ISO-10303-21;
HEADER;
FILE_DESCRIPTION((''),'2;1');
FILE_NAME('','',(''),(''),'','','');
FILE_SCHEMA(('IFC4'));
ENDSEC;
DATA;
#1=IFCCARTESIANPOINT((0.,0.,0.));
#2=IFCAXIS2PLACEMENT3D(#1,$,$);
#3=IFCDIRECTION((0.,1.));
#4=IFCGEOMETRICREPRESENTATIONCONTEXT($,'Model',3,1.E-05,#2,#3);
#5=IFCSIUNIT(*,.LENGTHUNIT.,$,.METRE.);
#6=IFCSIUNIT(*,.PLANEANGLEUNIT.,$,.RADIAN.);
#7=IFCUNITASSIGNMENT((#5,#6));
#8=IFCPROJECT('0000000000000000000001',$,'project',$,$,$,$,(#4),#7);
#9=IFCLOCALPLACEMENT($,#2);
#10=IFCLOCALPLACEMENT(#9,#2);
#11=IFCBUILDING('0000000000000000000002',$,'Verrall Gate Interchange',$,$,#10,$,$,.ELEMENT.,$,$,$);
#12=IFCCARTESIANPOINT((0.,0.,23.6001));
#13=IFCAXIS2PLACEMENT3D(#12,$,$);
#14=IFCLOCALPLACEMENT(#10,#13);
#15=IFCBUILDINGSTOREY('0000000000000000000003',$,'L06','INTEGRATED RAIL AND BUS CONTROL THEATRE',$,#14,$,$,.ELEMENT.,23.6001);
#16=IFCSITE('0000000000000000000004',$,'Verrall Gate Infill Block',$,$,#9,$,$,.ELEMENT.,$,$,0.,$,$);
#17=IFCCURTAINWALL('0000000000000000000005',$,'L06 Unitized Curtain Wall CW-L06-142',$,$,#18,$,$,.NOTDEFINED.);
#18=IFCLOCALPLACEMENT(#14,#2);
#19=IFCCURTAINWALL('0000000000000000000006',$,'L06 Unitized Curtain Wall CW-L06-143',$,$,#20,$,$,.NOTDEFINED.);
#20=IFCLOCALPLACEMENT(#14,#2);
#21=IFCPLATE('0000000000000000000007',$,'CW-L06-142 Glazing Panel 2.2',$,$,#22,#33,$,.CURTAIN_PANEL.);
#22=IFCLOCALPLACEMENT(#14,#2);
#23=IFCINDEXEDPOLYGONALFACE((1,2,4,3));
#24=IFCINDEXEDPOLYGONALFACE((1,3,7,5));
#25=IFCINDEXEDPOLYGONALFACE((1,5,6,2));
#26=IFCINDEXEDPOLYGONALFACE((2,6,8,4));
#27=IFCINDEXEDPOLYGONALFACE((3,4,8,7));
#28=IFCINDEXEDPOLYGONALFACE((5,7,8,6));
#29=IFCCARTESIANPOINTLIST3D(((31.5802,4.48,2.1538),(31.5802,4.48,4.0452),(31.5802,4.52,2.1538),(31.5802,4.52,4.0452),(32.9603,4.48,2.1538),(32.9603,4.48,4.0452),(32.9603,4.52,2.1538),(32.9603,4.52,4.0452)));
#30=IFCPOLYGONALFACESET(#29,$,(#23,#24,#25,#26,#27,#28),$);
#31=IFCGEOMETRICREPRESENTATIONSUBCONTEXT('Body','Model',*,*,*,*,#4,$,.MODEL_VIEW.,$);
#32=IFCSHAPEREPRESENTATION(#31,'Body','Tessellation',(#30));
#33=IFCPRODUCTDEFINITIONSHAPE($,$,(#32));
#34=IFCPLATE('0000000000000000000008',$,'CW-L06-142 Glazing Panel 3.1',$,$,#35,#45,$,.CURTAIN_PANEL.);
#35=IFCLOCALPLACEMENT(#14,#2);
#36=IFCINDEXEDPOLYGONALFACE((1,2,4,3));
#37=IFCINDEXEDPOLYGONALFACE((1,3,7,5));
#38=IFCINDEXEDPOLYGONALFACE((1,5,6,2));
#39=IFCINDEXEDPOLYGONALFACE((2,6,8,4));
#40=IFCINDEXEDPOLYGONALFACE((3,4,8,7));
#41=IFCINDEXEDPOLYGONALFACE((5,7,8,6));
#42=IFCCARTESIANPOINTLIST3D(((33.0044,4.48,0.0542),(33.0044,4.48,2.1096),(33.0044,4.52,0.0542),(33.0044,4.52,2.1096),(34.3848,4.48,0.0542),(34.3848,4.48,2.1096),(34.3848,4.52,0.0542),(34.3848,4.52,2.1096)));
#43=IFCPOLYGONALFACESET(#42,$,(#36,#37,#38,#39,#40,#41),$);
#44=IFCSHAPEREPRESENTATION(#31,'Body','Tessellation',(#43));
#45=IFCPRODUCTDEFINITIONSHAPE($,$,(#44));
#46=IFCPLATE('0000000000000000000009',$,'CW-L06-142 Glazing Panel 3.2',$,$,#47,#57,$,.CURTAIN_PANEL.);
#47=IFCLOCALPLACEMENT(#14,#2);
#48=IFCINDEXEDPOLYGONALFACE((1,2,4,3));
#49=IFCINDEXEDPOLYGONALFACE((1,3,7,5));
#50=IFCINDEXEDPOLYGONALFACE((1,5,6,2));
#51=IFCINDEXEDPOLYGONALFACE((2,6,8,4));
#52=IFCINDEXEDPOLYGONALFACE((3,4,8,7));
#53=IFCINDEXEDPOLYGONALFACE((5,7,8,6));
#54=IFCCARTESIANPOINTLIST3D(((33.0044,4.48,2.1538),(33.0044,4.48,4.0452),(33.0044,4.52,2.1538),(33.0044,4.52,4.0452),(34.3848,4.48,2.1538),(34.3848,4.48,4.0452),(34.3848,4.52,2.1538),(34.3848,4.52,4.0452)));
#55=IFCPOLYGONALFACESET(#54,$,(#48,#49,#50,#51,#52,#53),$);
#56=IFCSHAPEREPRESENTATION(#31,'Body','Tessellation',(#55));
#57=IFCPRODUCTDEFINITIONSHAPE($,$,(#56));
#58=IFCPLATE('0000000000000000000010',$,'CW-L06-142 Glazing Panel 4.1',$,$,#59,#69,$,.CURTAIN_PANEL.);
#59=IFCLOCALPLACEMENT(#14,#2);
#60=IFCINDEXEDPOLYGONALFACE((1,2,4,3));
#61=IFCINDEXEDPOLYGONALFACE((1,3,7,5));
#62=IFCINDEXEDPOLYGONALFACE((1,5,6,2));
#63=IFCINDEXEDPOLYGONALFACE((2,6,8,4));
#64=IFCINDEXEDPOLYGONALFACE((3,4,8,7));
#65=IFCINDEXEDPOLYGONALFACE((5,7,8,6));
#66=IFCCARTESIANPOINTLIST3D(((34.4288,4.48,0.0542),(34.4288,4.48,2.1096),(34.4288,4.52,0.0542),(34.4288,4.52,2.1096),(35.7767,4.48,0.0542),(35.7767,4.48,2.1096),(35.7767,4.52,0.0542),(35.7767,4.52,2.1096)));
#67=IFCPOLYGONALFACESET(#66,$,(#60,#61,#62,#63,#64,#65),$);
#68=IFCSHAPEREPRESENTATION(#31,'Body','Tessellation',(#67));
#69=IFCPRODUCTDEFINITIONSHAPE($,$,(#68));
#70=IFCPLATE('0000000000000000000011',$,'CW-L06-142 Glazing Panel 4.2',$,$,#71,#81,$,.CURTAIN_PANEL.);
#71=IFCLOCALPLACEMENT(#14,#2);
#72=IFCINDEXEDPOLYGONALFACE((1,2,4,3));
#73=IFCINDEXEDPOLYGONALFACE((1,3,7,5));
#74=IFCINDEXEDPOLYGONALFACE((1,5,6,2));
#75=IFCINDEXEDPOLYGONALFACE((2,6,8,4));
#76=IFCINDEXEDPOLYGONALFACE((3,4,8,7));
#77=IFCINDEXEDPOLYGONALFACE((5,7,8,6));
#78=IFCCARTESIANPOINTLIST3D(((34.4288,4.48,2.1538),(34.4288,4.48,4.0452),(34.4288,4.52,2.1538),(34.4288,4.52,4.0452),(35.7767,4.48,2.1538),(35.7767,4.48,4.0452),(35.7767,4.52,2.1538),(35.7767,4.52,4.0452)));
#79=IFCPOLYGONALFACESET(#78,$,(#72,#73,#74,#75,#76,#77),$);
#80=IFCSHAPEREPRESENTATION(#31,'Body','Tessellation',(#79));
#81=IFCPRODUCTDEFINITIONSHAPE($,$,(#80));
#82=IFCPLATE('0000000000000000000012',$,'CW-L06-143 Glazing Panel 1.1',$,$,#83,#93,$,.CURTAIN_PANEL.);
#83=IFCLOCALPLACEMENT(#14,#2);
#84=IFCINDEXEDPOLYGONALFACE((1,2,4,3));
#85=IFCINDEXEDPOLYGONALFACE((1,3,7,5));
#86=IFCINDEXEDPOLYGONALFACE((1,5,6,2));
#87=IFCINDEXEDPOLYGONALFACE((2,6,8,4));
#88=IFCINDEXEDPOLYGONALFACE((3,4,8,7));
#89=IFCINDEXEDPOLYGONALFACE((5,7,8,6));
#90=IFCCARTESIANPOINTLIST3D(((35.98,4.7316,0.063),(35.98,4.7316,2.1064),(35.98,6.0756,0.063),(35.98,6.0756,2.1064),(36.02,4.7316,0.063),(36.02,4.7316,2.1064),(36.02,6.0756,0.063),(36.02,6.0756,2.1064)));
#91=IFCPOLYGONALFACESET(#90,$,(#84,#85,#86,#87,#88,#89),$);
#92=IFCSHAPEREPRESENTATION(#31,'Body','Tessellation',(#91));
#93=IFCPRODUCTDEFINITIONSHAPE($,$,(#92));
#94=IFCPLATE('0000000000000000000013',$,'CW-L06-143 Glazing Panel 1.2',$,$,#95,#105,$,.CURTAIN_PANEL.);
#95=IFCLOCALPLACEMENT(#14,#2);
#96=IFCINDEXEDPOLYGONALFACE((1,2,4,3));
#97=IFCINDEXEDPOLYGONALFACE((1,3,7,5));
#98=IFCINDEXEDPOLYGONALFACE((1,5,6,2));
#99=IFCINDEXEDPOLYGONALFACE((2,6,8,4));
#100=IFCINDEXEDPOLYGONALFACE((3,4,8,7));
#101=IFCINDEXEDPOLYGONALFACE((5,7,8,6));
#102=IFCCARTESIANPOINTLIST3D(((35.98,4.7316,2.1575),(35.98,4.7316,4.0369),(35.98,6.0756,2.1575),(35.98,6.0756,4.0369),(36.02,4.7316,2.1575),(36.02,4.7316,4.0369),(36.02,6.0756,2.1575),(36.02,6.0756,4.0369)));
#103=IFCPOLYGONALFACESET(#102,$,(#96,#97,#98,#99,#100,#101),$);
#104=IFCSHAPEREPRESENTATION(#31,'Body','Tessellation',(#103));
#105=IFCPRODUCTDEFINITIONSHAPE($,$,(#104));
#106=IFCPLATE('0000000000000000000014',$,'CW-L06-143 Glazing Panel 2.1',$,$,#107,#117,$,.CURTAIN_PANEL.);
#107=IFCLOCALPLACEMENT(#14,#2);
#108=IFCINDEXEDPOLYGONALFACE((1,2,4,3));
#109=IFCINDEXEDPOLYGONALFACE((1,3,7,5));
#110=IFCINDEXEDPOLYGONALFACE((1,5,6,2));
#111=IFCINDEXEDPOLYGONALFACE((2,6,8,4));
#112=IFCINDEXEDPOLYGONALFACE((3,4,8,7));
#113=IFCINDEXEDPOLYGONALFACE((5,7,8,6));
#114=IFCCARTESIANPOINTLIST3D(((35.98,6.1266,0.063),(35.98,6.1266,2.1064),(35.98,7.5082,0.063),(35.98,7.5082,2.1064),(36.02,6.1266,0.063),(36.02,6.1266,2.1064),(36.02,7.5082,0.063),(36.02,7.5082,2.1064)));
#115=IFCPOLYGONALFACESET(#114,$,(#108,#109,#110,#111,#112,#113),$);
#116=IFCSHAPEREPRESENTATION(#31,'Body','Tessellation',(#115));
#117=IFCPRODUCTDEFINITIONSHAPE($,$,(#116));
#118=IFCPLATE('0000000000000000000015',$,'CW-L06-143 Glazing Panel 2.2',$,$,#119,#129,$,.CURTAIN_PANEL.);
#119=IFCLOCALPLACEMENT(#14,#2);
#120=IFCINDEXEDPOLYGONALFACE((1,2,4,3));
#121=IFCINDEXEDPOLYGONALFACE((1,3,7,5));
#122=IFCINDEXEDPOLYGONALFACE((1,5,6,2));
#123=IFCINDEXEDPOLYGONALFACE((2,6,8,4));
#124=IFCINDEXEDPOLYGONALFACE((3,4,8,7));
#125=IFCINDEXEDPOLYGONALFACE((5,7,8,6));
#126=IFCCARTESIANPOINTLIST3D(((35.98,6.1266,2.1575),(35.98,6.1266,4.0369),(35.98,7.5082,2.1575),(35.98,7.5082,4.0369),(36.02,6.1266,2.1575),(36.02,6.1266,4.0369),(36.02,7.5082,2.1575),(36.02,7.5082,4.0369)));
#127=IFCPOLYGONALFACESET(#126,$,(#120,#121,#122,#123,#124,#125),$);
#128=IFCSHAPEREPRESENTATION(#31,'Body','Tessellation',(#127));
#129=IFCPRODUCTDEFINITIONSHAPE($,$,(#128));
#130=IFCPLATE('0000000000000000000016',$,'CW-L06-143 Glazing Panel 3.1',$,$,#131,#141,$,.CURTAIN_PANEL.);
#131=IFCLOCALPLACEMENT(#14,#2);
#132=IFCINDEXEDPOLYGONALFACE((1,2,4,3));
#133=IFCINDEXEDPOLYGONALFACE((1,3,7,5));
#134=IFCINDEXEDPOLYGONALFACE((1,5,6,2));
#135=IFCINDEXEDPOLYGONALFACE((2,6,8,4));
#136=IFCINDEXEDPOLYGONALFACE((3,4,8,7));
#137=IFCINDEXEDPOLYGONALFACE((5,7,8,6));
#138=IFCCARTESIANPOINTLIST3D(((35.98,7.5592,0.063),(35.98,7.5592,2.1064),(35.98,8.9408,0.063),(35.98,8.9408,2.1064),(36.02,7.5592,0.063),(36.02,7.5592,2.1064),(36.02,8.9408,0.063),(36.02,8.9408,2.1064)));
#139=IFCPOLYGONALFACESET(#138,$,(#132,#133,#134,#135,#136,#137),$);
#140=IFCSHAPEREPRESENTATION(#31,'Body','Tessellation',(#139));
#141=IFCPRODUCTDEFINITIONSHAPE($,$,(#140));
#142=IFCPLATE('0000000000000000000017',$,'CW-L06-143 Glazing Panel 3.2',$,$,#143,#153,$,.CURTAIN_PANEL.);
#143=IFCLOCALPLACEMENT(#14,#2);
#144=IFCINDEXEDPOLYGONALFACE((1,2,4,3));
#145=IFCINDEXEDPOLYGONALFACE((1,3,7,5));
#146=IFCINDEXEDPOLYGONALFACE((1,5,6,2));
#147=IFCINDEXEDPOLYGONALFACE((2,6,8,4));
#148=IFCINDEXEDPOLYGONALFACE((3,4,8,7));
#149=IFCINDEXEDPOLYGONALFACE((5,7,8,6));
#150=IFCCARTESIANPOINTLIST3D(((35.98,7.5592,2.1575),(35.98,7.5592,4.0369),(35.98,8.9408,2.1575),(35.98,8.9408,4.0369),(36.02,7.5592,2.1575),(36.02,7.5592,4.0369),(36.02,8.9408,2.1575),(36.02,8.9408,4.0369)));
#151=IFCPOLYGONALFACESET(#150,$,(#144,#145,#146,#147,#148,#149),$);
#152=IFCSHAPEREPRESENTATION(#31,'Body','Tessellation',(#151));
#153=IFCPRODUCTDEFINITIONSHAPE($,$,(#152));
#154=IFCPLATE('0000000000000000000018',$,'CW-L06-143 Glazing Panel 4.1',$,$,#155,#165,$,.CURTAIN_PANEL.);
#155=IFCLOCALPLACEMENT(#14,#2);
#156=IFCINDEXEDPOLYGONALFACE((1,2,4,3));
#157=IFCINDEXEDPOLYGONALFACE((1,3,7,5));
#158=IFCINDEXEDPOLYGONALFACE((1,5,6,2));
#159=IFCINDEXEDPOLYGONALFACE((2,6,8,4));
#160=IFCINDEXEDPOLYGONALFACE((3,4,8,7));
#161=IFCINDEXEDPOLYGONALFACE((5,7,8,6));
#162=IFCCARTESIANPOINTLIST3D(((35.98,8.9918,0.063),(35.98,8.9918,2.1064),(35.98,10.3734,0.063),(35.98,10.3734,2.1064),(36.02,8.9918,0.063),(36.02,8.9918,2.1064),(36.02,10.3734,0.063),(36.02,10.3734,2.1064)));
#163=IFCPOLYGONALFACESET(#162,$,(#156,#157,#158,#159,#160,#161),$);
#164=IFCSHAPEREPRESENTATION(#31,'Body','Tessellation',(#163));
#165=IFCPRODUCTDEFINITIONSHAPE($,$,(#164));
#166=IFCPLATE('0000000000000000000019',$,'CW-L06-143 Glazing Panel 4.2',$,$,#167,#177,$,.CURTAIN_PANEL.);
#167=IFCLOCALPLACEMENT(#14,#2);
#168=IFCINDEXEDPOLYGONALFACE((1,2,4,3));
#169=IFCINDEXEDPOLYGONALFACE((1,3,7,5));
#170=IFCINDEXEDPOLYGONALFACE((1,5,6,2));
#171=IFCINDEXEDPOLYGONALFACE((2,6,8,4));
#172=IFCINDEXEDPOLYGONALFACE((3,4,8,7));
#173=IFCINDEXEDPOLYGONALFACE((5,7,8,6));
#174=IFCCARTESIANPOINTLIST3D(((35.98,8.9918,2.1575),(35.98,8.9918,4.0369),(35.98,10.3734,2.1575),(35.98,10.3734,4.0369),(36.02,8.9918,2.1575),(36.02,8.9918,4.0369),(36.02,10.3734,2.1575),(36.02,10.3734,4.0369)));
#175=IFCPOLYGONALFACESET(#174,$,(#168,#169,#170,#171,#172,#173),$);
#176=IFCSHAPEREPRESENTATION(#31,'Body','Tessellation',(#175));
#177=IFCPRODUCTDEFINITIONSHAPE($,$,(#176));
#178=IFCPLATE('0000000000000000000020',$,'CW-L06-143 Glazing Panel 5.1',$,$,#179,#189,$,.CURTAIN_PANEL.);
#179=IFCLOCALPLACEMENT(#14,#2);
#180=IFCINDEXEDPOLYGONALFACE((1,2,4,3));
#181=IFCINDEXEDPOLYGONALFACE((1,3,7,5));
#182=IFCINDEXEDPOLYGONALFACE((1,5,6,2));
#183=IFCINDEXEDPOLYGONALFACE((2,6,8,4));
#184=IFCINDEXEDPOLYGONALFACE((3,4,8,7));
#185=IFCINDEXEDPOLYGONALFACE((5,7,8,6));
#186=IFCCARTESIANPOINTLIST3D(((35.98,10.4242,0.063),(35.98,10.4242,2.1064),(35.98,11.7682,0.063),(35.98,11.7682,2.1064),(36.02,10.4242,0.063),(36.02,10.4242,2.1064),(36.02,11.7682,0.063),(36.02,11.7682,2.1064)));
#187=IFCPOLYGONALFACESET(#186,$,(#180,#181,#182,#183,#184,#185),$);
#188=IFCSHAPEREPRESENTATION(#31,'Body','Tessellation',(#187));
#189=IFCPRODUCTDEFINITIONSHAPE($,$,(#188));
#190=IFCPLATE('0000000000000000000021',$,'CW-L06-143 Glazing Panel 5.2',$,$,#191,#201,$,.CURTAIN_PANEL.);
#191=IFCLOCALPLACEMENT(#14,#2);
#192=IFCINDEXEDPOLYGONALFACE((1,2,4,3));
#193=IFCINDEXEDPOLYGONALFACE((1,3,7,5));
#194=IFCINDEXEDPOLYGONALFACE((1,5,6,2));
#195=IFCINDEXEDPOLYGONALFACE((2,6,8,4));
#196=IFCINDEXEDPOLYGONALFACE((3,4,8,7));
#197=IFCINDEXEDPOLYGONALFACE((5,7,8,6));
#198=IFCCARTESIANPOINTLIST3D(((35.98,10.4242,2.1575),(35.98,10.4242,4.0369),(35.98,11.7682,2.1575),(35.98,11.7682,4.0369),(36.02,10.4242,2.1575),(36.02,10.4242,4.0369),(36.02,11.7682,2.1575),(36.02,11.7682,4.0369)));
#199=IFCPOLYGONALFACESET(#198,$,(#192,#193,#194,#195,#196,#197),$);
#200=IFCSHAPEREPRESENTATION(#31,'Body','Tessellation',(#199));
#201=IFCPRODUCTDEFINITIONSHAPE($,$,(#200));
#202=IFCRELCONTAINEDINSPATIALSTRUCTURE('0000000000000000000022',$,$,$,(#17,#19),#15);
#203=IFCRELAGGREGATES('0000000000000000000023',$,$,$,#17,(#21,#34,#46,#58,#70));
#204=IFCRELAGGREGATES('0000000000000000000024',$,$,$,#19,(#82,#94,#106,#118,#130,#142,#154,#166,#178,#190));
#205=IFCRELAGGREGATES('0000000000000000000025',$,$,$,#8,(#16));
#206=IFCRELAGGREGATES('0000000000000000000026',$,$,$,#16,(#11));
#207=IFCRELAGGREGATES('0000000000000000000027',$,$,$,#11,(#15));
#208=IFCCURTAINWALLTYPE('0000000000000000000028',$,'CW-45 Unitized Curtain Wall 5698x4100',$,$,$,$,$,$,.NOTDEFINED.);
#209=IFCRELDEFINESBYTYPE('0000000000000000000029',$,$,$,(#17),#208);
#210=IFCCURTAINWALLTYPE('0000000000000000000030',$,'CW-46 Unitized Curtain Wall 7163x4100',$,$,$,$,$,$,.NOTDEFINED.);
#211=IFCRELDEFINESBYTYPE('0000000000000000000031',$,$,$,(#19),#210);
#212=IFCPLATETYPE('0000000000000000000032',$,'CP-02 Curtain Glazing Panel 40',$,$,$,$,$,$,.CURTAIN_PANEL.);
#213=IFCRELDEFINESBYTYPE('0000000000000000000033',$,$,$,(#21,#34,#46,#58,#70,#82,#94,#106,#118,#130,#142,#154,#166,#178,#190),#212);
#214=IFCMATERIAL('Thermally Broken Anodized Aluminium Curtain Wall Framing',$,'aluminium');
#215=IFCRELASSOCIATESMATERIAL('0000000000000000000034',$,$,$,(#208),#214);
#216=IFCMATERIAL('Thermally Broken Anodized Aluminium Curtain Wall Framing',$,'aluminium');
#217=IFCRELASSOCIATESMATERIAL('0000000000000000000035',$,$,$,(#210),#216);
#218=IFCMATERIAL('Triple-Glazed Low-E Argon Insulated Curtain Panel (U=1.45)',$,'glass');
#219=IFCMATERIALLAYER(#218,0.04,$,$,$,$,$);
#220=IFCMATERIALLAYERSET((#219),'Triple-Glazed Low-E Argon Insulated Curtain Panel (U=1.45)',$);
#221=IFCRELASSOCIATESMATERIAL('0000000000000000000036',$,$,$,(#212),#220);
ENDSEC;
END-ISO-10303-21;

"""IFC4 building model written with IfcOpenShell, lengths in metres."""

from ifc_helpers import new_model, si_unit, direction, frame, origin, origin_2d, place, context, subcontext, project, spatial, rectangle, extrude, material, layer, layer_set, type_object, element, aggregate, save


model = new_model("IFC4")

# Units and contexts
model_context = context("Model", 3, precision=1e-05, world=origin(), true_north=direction((0.0, 1.0)))
body_context = subcontext(model_context, "Body", "Model", "MODEL_VIEW")
ifc_project = project(units=[si_unit("LENGTHUNIT", "METRE"), si_unit("PLANEANGLEUNIT", "RADIAN")], contexts=[model_context])

# Site, building, storey
site_placement = place(None, origin())
site = spatial("IfcSite", under=ifc_project, at=site_placement, Name="Verrall Gate Infill Block", CompositionType="ELEMENT", RefElevation=0.0)
building_placement = place(site_placement, origin())
building = spatial("IfcBuilding", under=site, at=building_placement, Name="Verrall Gate Interchange", CompositionType="ELEMENT")
storey_placement = place(building_placement, frame((0.0, 0.0, 23.6001)))
storey = spatial("IfcBuildingStorey", under=building, at=storey_placement, Name="L06", Description="INTEGRATED RAIL AND BUS CONTROL THEATRE", CompositionType="ELEMENT", Elevation=23.6001)

# Curtain walls
ifc_material_1 = material(Name="Thermally Broken Anodized Aluminium Curtain Wall Framing", Category="aluminium")
curtain_wall_type_1 = type_object("IfcCurtainWallType", Name="CW-45 Unitized Curtain Wall 5698x4100", PredefinedType="NOTDEFINED", material=ifc_material_1)
curtain_wall_1_placement = place(storey_placement, origin())
curtain_wall_1 = element("IfcCurtainWall", 1, at=curtain_wall_1_placement, inside=storey, type_object=curtain_wall_type_1, Name="L06 Unitized Curtain Wall CW-L06-142", PredefinedType="NOTDEFINED")
ifc_material_2 = material(Name="Thermally Broken Anodized Aluminium Curtain Wall Framing", Category="aluminium")
curtain_wall_type_2 = type_object("IfcCurtainWallType", Name="CW-46 Unitized Curtain Wall 7163x4100", PredefinedType="NOTDEFINED", material=ifc_material_2)
curtain_wall_2_placement = place(storey_placement, origin())
curtain_wall_2 = element("IfcCurtainWall", 2, at=curtain_wall_2_placement, inside=storey, type_object=curtain_wall_type_2, Name="L06 Unitized Curtain Wall CW-L06-143", PredefinedType="NOTDEFINED")

# Plates
ifc_material_3 = material(Name="Triple-Glazed Low-E Argon Insulated Curtain Panel (U=1.45)", Category="glass")
ifc_layer_1 = layer(ifc_material_3, 0.04)
ifc_layer_set_1 = layer_set([ifc_layer_1], Name="Triple-Glazed Low-E Argon Insulated Curtain Panel (U=1.45)")
plate_type_1 = type_object("IfcPlateType", Name="CP-02 Curtain Glazing Panel 40", PredefinedType="CURTAIN_PANEL", material=ifc_layer_set_1)
plate_1_placement = place(storey_placement, frame((32.2703, 4.5, 2.1538), z_axis=(0.0, 0.0, 1.0), x_axis=(1.0, 0.0, 0.0)))
plate_1 = element("IfcPlate", 3, at=plate_1_placement, type_object=plate_type_1, Name="CW-L06-142 Glazing Panel 2.2", PredefinedType="CURTAIN_PANEL", context=body_context, shape_type="SweptSolid", body=[
    extrude(rectangle(XDim=1.3801, YDim=0.04, at=origin_2d()), origin(), (0.0, 0.0, 1.0), 1.8914),
])
plate_2_placement = place(storey_placement, frame((33.6946, 4.5, 0.0542), z_axis=(0.0, 0.0, 1.0), x_axis=(1.0, 0.0, 0.0)))
plate_2 = element("IfcPlate", 4, at=plate_2_placement, type_object=plate_type_1, Name="CW-L06-142 Glazing Panel 3.1", PredefinedType="CURTAIN_PANEL", context=body_context, shape_type="SweptSolid", body=[
    extrude(rectangle(XDim=1.3804, YDim=0.04, at=origin_2d()), origin(), (0.0, 0.0, 1.0), 2.0554),
])
plate_3_placement = place(storey_placement, frame((33.6946, 4.5, 2.1538), z_axis=(0.0, 0.0, 1.0), x_axis=(1.0, 0.0, 0.0)))
plate_3 = element("IfcPlate", 5, at=plate_3_placement, type_object=plate_type_1, Name="CW-L06-142 Glazing Panel 3.2", PredefinedType="CURTAIN_PANEL", context=body_context, shape_type="SweptSolid", body=[
    extrude(rectangle(XDim=1.3804, YDim=0.04, at=origin_2d()), origin(), (0.0, 0.0, 1.0), 1.8914),
])
plate_4_placement = place(storey_placement, frame((35.1028, 4.5, 0.0542), z_axis=(0.0, 0.0, 1.0), x_axis=(1.0, 0.0, 0.0)))
plate_4 = element("IfcPlate", 6, at=plate_4_placement, type_object=plate_type_1, Name="CW-L06-142 Glazing Panel 4.1", PredefinedType="CURTAIN_PANEL", context=body_context, shape_type="SweptSolid", body=[
    extrude(rectangle(XDim=1.3479, YDim=0.04, at=origin_2d()), origin(), (0.0, 0.0, 1.0), 2.0554),
])
plate_5_placement = place(storey_placement, frame((35.1028, 4.5, 2.1538), z_axis=(0.0, 0.0, 1.0), x_axis=(1.0, 0.0, 0.0)))
plate_5 = element("IfcPlate", 7, at=plate_5_placement, type_object=plate_type_1, Name="CW-L06-142 Glazing Panel 4.2", PredefinedType="CURTAIN_PANEL", context=body_context, shape_type="SweptSolid", body=[
    extrude(rectangle(XDim=1.3479, YDim=0.04, at=origin_2d()), origin(), (0.0, 0.0, 1.0), 1.8914),
])
aggregate(curtain_wall_1, [plate_1, plate_2, plate_3, plate_4, plate_5])
plate_6_placement = place(storey_placement, frame((36.0, 5.4036, 0.063), z_axis=(0.0, 0.0, 1.0), x_axis=(0.0, 1.0, 0.0)))
plate_6 = element("IfcPlate", 8, at=plate_6_placement, type_object=plate_type_1, Name="CW-L06-143 Glazing Panel 1.1", PredefinedType="CURTAIN_PANEL", context=body_context, shape_type="SweptSolid", body=[
    extrude(rectangle(XDim=1.344, YDim=0.04, at=origin_2d()), origin(), (0.0, 0.0, 1.0), 2.0435),
])
plate_7_placement = place(storey_placement, frame((36.0, 5.4036, 2.1575), z_axis=(0.0, 0.0, 1.0), x_axis=(0.0, 1.0, 0.0)))
plate_7 = element("IfcPlate", 9, at=plate_7_placement, type_object=plate_type_1, Name="CW-L06-143 Glazing Panel 1.2", PredefinedType="CURTAIN_PANEL", context=body_context, shape_type="SweptSolid", body=[
    extrude(rectangle(XDim=1.344, YDim=0.04, at=origin_2d()), origin(), (0.0, 0.0, 1.0), 1.8794),
])
plate_8_placement = place(storey_placement, frame((36.0, 6.8174, 0.063), z_axis=(0.0, 0.0, 1.0), x_axis=(0.0, 1.0, 0.0)))
plate_8 = element("IfcPlate", 10, at=plate_8_placement, type_object=plate_type_1, Name="CW-L06-143 Glazing Panel 2.1", PredefinedType="CURTAIN_PANEL", context=body_context, shape_type="SweptSolid", body=[
    extrude(rectangle(XDim=1.3816, YDim=0.04, at=origin_2d()), origin(), (0.0, 0.0, 1.0), 2.0435),
])
plate_9_placement = place(storey_placement, frame((36.0, 6.8174, 2.1575), z_axis=(0.0, 0.0, 1.0), x_axis=(0.0, 1.0, 0.0)))
plate_9 = element("IfcPlate", 11, at=plate_9_placement, type_object=plate_type_1, Name="CW-L06-143 Glazing Panel 2.2", PredefinedType="CURTAIN_PANEL", context=body_context, shape_type="SweptSolid", body=[
    extrude(rectangle(XDim=1.3816, YDim=0.04, at=origin_2d()), origin(), (0.0, 0.0, 1.0), 1.8794),
])
plate_10_placement = place(storey_placement, frame((36.0, 8.25, 0.063), z_axis=(0.0, 0.0, 1.0), x_axis=(0.0, 1.0, 0.0)))
plate_10 = element("IfcPlate", 12, at=plate_10_placement, type_object=plate_type_1, Name="CW-L06-143 Glazing Panel 3.1", PredefinedType="CURTAIN_PANEL", context=body_context, shape_type="SweptSolid", body=[
    extrude(rectangle(XDim=1.3816, YDim=0.04, at=origin_2d()), origin(), (0.0, 0.0, 1.0), 2.0435),
])
plate_11_placement = place(storey_placement, frame((36.0, 8.25, 2.1575), z_axis=(0.0, 0.0, 1.0), x_axis=(0.0, 1.0, 0.0)))
plate_11 = element("IfcPlate", 13, at=plate_11_placement, type_object=plate_type_1, Name="CW-L06-143 Glazing Panel 3.2", PredefinedType="CURTAIN_PANEL", context=body_context, shape_type="SweptSolid", body=[
    extrude(rectangle(XDim=1.3816, YDim=0.04, at=origin_2d()), origin(), (0.0, 0.0, 1.0), 1.8794),
])
plate_12_placement = place(storey_placement, frame((36.0, 9.6826, 0.063), z_axis=(0.0, 0.0, 1.0), x_axis=(0.0, 1.0, 0.0)))
plate_12 = element("IfcPlate", 14, at=plate_12_placement, type_object=plate_type_1, Name="CW-L06-143 Glazing Panel 4.1", PredefinedType="CURTAIN_PANEL", context=body_context, shape_type="SweptSolid", body=[
    extrude(rectangle(XDim=1.3816, YDim=0.04, at=origin_2d()), origin(), (0.0, 0.0, 1.0), 2.0435),
])
plate_13_placement = place(storey_placement, frame((36.0, 9.6826, 2.1575), z_axis=(0.0, 0.0, 1.0), x_axis=(0.0, 1.0, 0.0)))
plate_13 = element("IfcPlate", 15, at=plate_13_placement, type_object=plate_type_1, Name="CW-L06-143 Glazing Panel 4.2", PredefinedType="CURTAIN_PANEL", context=body_context, shape_type="SweptSolid", body=[
    extrude(rectangle(XDim=1.3816, YDim=0.04, at=origin_2d()), origin(), (0.0, 0.0, 1.0), 1.8794),
])
plate_14_placement = place(storey_placement, frame((36.0, 11.0962, 0.063), z_axis=(0.0, 0.0, 1.0), x_axis=(0.0, 1.0, 0.0)))
plate_14 = element("IfcPlate", 16, at=plate_14_placement, type_object=plate_type_1, Name="CW-L06-143 Glazing Panel 5.1", PredefinedType="CURTAIN_PANEL", context=body_context, shape_type="SweptSolid", body=[
    extrude(rectangle(XDim=1.344, YDim=0.04, at=origin_2d()), origin(), (0.0, 0.0, 1.0), 2.0435),
])
plate_15_placement = place(storey_placement, frame((36.0, 11.0962, 2.1575), z_axis=(0.0, 0.0, 1.0), x_axis=(0.0, 1.0, 0.0)))
plate_15 = element("IfcPlate", 17, at=plate_15_placement, type_object=plate_type_1, Name="CW-L06-143 Glazing Panel 5.2", PredefinedType="CURTAIN_PANEL", context=body_context, shape_type="SweptSolid", body=[
    extrude(rectangle(XDim=1.344, YDim=0.04, at=origin_2d()), origin(), (0.0, 0.0, 1.0), 1.8794),
])
aggregate(curtain_wall_2, [plate_6, plate_7, plate_8, plate_9, plate_10, plate_11, plate_12, plate_13, plate_14, plate_15])

save(model, "model.ifc")
